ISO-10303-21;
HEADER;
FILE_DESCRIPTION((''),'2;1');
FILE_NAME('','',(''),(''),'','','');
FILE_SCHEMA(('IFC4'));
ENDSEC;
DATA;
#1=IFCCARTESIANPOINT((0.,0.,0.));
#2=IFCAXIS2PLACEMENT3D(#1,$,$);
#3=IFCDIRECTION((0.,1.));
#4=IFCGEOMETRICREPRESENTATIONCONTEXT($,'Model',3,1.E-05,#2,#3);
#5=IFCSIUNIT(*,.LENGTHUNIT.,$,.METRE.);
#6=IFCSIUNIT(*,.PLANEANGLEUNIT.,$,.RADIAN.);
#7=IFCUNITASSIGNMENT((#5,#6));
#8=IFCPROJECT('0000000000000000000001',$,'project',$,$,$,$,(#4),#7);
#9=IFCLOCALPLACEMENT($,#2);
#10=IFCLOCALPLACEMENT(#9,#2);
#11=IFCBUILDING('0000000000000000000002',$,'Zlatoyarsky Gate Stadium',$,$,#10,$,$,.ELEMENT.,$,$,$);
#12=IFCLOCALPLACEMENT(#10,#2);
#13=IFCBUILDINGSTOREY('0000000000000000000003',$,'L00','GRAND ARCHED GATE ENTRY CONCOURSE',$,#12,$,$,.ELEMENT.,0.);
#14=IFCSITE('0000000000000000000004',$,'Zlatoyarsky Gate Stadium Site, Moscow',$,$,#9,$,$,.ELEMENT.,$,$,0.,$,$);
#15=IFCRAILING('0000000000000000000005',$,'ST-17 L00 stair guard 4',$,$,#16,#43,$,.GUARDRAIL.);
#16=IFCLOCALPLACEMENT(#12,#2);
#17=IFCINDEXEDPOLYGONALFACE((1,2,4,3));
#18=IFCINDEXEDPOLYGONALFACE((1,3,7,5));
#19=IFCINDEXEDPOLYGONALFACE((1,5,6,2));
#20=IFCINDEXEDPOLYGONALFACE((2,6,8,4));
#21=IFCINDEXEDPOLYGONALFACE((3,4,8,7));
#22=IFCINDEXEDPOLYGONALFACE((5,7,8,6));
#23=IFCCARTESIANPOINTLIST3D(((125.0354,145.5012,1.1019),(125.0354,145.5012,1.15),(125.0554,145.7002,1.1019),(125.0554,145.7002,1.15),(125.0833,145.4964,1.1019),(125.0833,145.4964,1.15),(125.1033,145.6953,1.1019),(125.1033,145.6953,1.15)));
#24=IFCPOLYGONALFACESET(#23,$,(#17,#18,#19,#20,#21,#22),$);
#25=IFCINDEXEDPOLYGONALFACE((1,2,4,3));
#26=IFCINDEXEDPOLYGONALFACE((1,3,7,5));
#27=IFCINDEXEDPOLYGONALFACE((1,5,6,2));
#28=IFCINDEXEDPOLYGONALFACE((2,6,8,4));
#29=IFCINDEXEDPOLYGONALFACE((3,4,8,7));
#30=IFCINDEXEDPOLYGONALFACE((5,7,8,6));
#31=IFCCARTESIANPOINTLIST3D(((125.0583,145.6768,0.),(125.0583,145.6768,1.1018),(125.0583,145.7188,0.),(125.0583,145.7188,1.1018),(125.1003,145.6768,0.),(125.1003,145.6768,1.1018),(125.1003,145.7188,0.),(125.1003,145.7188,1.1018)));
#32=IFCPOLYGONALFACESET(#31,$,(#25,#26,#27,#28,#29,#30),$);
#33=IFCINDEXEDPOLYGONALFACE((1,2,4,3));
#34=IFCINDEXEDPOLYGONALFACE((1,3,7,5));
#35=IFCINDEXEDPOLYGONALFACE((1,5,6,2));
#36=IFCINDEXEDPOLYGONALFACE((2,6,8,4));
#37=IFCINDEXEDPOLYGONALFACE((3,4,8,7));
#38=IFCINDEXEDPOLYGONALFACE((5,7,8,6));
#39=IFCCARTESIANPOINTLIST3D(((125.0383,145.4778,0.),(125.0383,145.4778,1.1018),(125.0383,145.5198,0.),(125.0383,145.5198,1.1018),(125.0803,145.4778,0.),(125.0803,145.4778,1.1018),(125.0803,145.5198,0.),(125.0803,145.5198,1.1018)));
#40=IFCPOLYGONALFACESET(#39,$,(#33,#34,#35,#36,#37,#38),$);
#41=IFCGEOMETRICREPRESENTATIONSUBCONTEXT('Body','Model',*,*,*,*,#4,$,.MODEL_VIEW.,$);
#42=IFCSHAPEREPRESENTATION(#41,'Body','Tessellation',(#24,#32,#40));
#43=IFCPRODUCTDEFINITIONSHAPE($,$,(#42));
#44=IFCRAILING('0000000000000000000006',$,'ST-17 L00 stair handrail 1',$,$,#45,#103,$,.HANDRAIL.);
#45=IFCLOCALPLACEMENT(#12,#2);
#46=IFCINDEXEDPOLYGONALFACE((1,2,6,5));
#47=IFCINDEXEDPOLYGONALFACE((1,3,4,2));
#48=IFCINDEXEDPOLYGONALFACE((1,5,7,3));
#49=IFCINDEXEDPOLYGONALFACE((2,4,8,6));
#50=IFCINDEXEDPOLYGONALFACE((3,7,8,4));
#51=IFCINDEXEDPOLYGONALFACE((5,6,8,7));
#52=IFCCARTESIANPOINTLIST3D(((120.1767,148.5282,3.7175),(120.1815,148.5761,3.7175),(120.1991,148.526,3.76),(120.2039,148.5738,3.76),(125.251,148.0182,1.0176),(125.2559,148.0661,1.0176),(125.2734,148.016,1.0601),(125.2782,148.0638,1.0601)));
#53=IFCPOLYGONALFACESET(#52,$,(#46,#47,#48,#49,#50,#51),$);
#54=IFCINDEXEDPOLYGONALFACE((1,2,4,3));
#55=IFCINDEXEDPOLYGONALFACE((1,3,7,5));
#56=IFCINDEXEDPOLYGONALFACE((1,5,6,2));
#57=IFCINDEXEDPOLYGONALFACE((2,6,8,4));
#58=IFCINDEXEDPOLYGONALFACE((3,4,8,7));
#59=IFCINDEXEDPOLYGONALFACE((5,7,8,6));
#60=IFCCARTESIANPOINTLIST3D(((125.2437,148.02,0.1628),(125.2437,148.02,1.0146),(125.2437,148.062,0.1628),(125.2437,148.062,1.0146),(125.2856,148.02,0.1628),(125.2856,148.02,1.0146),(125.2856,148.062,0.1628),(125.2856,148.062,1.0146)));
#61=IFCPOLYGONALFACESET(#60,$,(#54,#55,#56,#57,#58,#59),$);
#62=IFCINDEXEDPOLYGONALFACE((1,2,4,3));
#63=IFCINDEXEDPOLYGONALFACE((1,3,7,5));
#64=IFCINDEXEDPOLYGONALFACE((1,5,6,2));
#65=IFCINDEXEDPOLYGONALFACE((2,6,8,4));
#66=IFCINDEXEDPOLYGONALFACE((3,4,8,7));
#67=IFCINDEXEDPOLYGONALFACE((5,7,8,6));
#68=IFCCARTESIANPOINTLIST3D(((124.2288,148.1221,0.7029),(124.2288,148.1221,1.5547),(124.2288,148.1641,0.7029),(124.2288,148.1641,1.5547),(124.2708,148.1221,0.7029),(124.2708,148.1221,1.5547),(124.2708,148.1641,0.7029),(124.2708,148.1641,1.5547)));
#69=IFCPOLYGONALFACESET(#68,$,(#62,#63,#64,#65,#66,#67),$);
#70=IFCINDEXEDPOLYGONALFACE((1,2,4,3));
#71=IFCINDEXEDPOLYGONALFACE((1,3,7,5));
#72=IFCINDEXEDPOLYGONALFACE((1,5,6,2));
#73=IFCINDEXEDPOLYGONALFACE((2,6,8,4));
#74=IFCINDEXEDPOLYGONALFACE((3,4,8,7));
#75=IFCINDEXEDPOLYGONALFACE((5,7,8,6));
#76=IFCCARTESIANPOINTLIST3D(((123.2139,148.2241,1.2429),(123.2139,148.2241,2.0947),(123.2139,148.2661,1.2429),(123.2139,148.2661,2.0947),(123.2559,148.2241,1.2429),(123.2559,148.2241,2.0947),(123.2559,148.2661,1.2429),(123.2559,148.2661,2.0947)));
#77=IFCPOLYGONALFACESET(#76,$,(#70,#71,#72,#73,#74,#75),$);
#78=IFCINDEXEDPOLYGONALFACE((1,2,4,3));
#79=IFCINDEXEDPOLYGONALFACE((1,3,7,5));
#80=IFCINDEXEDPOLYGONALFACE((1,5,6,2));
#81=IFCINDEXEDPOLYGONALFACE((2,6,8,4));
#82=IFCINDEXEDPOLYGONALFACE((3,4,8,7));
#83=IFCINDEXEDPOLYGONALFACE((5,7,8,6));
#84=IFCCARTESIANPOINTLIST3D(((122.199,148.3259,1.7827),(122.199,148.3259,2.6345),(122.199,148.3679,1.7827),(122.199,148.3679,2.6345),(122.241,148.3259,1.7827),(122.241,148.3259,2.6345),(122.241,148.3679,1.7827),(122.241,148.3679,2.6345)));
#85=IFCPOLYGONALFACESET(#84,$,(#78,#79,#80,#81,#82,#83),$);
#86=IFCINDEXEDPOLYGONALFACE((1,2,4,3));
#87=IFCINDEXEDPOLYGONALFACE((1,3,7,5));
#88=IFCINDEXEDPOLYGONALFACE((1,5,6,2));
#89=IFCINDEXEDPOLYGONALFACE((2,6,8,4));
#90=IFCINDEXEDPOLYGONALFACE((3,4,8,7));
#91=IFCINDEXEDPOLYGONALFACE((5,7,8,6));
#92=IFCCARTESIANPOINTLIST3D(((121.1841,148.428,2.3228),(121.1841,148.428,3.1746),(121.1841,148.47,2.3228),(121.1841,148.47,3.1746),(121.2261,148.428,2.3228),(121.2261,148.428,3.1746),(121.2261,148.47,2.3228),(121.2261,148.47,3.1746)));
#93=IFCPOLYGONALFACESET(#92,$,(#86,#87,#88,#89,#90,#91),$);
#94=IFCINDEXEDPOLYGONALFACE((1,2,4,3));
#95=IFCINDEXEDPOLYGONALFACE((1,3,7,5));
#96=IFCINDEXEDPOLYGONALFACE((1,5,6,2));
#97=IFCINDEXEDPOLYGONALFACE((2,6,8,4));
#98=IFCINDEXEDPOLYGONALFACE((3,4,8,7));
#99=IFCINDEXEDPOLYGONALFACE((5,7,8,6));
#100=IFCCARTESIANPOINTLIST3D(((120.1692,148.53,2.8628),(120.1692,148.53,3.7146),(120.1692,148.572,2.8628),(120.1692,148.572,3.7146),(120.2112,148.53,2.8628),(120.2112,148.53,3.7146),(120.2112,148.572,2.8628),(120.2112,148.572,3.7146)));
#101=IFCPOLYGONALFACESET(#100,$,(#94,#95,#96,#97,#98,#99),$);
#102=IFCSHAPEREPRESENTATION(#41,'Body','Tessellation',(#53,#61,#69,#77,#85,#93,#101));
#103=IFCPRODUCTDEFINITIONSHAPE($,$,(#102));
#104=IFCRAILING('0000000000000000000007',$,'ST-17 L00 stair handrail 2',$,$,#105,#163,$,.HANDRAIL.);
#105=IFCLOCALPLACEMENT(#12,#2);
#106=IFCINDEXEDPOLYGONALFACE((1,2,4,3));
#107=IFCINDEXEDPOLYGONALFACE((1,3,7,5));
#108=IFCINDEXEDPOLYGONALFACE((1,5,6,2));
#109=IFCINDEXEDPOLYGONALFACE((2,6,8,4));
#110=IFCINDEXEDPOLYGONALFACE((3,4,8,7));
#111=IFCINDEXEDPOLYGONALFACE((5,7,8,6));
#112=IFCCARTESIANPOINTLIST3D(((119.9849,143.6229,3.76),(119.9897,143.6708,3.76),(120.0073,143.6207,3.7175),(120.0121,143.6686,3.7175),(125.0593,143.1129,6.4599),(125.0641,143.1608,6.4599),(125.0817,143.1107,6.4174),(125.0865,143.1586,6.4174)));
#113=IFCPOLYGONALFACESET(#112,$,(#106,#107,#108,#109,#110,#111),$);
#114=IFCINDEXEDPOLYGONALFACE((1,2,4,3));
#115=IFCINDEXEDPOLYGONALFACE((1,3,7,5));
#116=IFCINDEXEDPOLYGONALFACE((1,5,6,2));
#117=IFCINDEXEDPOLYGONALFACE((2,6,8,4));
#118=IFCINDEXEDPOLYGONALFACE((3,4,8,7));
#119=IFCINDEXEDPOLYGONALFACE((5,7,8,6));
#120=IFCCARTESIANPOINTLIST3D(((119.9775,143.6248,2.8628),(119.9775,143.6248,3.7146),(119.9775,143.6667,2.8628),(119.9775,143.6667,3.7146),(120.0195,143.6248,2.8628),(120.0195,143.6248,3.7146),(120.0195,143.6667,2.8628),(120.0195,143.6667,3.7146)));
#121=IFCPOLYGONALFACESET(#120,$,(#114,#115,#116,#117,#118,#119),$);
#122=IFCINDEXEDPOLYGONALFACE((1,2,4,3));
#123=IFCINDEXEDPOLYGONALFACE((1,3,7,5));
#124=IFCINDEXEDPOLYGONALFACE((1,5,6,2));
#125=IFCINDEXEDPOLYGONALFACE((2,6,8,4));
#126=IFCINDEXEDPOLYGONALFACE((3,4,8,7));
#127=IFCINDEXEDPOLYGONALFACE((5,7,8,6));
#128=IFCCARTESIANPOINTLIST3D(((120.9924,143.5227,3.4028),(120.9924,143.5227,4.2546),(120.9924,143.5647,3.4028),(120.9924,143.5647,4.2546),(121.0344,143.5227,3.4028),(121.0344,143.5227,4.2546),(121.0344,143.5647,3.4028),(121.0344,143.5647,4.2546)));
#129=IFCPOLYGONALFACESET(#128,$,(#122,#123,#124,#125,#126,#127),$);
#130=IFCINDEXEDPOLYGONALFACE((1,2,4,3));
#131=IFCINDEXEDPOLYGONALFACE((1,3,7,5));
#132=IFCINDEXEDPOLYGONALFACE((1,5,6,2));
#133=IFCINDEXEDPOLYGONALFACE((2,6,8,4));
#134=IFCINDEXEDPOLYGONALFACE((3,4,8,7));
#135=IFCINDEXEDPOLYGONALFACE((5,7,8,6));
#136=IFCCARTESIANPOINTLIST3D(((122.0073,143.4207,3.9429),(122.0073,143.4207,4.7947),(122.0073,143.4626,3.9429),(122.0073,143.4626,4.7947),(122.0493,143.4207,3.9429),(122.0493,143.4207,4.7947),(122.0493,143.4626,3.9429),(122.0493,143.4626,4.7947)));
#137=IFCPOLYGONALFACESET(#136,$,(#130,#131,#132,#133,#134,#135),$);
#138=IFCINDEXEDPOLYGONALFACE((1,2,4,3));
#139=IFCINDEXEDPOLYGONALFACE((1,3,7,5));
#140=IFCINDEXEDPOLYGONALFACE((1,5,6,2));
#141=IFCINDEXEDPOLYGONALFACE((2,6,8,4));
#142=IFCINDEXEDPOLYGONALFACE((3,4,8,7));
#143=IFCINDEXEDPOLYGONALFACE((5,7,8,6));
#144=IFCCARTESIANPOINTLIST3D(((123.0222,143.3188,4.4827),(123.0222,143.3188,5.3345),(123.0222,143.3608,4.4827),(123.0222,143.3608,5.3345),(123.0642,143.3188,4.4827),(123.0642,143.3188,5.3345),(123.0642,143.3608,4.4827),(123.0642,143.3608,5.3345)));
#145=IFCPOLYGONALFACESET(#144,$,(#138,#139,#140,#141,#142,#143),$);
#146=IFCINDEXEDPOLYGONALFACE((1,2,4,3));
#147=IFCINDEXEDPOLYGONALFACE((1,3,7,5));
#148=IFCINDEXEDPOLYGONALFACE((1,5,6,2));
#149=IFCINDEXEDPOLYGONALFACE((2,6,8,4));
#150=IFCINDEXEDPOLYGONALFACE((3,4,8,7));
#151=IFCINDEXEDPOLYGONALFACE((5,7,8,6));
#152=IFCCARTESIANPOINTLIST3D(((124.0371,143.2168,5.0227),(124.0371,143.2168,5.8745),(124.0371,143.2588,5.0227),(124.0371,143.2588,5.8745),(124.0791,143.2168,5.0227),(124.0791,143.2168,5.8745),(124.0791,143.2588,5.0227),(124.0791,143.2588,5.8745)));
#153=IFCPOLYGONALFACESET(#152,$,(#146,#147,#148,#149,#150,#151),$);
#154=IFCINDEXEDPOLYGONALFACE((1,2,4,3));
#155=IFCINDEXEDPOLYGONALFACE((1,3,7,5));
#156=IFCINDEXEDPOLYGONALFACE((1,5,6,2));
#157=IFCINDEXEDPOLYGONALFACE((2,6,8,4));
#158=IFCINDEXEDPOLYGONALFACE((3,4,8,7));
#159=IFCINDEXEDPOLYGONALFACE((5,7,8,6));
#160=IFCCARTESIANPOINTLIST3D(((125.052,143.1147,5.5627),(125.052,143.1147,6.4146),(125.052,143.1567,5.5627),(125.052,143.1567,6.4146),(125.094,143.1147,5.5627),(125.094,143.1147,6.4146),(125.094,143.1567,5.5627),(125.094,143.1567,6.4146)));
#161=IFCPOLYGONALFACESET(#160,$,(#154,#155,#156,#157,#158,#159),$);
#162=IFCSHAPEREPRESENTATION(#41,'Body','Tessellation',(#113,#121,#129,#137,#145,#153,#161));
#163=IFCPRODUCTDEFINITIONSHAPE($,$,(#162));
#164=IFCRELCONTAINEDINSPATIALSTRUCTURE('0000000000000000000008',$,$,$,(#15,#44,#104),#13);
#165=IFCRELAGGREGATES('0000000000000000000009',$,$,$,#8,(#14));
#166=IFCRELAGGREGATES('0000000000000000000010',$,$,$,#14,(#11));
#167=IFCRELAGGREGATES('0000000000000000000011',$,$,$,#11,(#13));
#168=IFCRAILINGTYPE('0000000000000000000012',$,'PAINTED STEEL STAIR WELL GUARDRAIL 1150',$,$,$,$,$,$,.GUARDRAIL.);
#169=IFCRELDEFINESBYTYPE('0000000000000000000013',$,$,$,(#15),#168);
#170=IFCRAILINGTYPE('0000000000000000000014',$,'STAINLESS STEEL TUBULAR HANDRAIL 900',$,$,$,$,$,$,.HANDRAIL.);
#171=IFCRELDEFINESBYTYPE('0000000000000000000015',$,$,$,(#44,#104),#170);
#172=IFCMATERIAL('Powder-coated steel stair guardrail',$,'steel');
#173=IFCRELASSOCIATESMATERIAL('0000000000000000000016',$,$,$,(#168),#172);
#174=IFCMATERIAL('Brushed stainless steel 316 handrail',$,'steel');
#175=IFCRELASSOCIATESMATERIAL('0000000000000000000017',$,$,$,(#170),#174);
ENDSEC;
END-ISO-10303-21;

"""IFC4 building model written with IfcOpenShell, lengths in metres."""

from ifc_helpers import new_model, si_unit, direction, frame, origin, origin_2d, place, context, subcontext, project, spatial, rectangle, extrude, material, type_object, element, save


model = new_model("IFC4")

# Units and contexts
model_context = context("Model", 3, precision=1e-05, world=origin(), true_north=direction((0.0, 1.0)))
body_context = subcontext(model_context, "Body", "Model", "MODEL_VIEW")
ifc_project = project(units=[si_unit("LENGTHUNIT", "METRE"), si_unit("PLANEANGLEUNIT", "RADIAN")], contexts=[model_context])

# Site, building, storey
site_placement = place(None, origin())
site = spatial("IfcSite", under=ifc_project, at=site_placement, Name="Zlatoyarsky Gate Stadium Site, Moscow", CompositionType="ELEMENT", RefElevation=0.0)
building_placement = place(site_placement, origin())
building = spatial("IfcBuilding", under=site, at=building_placement, Name="Zlatoyarsky Gate Stadium", CompositionType="ELEMENT")
storey_placement = place(building_placement, origin())
storey = spatial("IfcBuildingStorey", under=building, at=storey_placement, Name="L00", Description="GRAND ARCHED GATE ENTRY CONCOURSE", CompositionType="ELEMENT", Elevation=0.0)

# Railings
ifc_material_1 = material(Name="Powder-coated steel stair guardrail", Category="steel")
railing_type_1 = type_object("IfcRailingType", Name="PAINTED STEEL STAIR WELL GUARDRAIL 1150", PredefinedType="GUARDRAIL", material=ifc_material_1)
railing_1_placement = place(storey_placement, frame((125.0793, 145.6978, 0.0)))
element("IfcRailing", 1, at=railing_1_placement, inside=storey, type_object=railing_type_1, Name="ST-17 L00 stair guard 4", PredefinedType="GUARDRAIL", context=body_context, shape_type="SweptSolid", body=[
    extrude(rectangle(XDim=0.0481, YDim=0.0481, at=origin_2d()), frame((0.0, 0.0, 1.126), z_axis=(-0.100108, -0.994977, 0.0), x_axis=(0.994977, -0.100108, 0.0)), (0.0, 0.0, 1.0), 0.2),
    extrude(rectangle(XDim=0.042, YDim=0.042, at=origin_2d()), origin(), (0.0, 0.0, 1.0), 1.1018),
    extrude(rectangle(XDim=0.042, YDim=0.042, at=origin_2d()), frame((-0.02, -0.199, 0.0)), (0.0, 0.0, 1.0), 1.1018),
])
ifc_material_2 = material(Name="Brushed stainless steel 316 handrail", Category="steel")
railing_type_2 = type_object("IfcRailingType", Name="STAINLESS STEEL TUBULAR HANDRAIL 900", PredefinedType="HANDRAIL", material=ifc_material_2)
railing_2_placement = place(storey_placement, frame((125.2646, 148.041, 0.1628)))
element("IfcRailing", 2, at=railing_2_placement, inside=storey, type_object=railing_type_2, Name="ST-17 L00 stair handrail 1", PredefinedType="HANDRAIL", context=body_context, shape_type="SweptSolid", body=[
    extrude(rectangle(XDim=0.0481, YDim=0.0481, at=origin_2d()), frame((0.0, 0.0, 0.876), z_axis=(-0.879362, 0.08838, 0.467879), x_axis=(-0.100001, -0.994987, 0.0)), (0.0, 0.0, 1.0), 5.7705),
    extrude(rectangle(XDim=0.042, YDim=0.042, at=origin_2d()), origin(), (0.0, 0.0, 1.0), 0.8518),
    extrude(rectangle(XDim=0.042, YDim=0.042, at=origin_2d()), frame((-1.0149, 0.1021, 0.54)), (0.0, 0.0, 1.0), 0.8518),
    extrude(rectangle(XDim=0.042, YDim=0.042, at=origin_2d()), frame((-2.0298, 0.2041, 1.0801)), (0.0, 0.0, 1.0), 0.8518),
    extrude(rectangle(XDim=0.042, YDim=0.042, at=origin_2d()), frame((-3.0447, 0.3059, 1.6199)), (0.0, 0.0, 1.0), 0.8518),
    extrude(rectangle(XDim=0.042, YDim=0.042, at=origin_2d()), frame((-4.0596, 0.408, 2.1599)), (0.0, 0.0, 1.0), 0.8518),
    extrude(rectangle(XDim=0.042, YDim=0.042, at=origin_2d()), frame((-5.0745, 0.51, 2.7)), (0.0, 0.0, 1.0), 0.8518),
])
railing_3_placement = place(storey_placement, frame((119.9985, 143.6458, 2.8628)))
element("IfcRailing", 3, at=railing_3_placement, inside=storey, type_object=railing_type_2, Name="ST-17 L00 stair handrail 2", PredefinedType="HANDRAIL", context=body_context, shape_type="SweptSolid", body=[
    extrude(rectangle(XDim=0.0481, YDim=0.0481, at=origin_2d()), frame((0.0, 0.0, 0.876), z_axis=(0.879362, -0.08838, 0.467879), x_axis=(0.100001, 0.994987, 0.0)), (0.0, 0.0, 1.0), 5.7705),
    extrude(rectangle(XDim=0.042, YDim=0.042, at=origin_2d()), origin(), (0.0, 0.0, 1.0), 0.8518),
    extrude(rectangle(XDim=0.042, YDim=0.042, at=origin_2d()), frame((1.0149, -0.1021, 0.54)), (0.0, 0.0, 1.0), 0.8518),
    extrude(rectangle(XDim=0.042, YDim=0.042, at=origin_2d()), frame((2.0298, -0.2041, 1.0801)), (0.0, 0.0, 1.0), 0.8518),
    extrude(rectangle(XDim=0.042, YDim=0.042, at=origin_2d()), frame((3.0447, -0.3059, 1.6199)), (0.0, 0.0, 1.0), 0.8518),
    extrude(rectangle(XDim=0.042, YDim=0.042, at=origin_2d()), frame((4.0596, -0.408, 2.1599)), (0.0, 0.0, 1.0), 0.8518),
    extrude(rectangle(XDim=0.042, YDim=0.042, at=origin_2d()), frame((5.0745, -0.51, 2.7)), (0.0, 0.0, 1.0), 0.8518),
])

save(model, "model.ifc")
